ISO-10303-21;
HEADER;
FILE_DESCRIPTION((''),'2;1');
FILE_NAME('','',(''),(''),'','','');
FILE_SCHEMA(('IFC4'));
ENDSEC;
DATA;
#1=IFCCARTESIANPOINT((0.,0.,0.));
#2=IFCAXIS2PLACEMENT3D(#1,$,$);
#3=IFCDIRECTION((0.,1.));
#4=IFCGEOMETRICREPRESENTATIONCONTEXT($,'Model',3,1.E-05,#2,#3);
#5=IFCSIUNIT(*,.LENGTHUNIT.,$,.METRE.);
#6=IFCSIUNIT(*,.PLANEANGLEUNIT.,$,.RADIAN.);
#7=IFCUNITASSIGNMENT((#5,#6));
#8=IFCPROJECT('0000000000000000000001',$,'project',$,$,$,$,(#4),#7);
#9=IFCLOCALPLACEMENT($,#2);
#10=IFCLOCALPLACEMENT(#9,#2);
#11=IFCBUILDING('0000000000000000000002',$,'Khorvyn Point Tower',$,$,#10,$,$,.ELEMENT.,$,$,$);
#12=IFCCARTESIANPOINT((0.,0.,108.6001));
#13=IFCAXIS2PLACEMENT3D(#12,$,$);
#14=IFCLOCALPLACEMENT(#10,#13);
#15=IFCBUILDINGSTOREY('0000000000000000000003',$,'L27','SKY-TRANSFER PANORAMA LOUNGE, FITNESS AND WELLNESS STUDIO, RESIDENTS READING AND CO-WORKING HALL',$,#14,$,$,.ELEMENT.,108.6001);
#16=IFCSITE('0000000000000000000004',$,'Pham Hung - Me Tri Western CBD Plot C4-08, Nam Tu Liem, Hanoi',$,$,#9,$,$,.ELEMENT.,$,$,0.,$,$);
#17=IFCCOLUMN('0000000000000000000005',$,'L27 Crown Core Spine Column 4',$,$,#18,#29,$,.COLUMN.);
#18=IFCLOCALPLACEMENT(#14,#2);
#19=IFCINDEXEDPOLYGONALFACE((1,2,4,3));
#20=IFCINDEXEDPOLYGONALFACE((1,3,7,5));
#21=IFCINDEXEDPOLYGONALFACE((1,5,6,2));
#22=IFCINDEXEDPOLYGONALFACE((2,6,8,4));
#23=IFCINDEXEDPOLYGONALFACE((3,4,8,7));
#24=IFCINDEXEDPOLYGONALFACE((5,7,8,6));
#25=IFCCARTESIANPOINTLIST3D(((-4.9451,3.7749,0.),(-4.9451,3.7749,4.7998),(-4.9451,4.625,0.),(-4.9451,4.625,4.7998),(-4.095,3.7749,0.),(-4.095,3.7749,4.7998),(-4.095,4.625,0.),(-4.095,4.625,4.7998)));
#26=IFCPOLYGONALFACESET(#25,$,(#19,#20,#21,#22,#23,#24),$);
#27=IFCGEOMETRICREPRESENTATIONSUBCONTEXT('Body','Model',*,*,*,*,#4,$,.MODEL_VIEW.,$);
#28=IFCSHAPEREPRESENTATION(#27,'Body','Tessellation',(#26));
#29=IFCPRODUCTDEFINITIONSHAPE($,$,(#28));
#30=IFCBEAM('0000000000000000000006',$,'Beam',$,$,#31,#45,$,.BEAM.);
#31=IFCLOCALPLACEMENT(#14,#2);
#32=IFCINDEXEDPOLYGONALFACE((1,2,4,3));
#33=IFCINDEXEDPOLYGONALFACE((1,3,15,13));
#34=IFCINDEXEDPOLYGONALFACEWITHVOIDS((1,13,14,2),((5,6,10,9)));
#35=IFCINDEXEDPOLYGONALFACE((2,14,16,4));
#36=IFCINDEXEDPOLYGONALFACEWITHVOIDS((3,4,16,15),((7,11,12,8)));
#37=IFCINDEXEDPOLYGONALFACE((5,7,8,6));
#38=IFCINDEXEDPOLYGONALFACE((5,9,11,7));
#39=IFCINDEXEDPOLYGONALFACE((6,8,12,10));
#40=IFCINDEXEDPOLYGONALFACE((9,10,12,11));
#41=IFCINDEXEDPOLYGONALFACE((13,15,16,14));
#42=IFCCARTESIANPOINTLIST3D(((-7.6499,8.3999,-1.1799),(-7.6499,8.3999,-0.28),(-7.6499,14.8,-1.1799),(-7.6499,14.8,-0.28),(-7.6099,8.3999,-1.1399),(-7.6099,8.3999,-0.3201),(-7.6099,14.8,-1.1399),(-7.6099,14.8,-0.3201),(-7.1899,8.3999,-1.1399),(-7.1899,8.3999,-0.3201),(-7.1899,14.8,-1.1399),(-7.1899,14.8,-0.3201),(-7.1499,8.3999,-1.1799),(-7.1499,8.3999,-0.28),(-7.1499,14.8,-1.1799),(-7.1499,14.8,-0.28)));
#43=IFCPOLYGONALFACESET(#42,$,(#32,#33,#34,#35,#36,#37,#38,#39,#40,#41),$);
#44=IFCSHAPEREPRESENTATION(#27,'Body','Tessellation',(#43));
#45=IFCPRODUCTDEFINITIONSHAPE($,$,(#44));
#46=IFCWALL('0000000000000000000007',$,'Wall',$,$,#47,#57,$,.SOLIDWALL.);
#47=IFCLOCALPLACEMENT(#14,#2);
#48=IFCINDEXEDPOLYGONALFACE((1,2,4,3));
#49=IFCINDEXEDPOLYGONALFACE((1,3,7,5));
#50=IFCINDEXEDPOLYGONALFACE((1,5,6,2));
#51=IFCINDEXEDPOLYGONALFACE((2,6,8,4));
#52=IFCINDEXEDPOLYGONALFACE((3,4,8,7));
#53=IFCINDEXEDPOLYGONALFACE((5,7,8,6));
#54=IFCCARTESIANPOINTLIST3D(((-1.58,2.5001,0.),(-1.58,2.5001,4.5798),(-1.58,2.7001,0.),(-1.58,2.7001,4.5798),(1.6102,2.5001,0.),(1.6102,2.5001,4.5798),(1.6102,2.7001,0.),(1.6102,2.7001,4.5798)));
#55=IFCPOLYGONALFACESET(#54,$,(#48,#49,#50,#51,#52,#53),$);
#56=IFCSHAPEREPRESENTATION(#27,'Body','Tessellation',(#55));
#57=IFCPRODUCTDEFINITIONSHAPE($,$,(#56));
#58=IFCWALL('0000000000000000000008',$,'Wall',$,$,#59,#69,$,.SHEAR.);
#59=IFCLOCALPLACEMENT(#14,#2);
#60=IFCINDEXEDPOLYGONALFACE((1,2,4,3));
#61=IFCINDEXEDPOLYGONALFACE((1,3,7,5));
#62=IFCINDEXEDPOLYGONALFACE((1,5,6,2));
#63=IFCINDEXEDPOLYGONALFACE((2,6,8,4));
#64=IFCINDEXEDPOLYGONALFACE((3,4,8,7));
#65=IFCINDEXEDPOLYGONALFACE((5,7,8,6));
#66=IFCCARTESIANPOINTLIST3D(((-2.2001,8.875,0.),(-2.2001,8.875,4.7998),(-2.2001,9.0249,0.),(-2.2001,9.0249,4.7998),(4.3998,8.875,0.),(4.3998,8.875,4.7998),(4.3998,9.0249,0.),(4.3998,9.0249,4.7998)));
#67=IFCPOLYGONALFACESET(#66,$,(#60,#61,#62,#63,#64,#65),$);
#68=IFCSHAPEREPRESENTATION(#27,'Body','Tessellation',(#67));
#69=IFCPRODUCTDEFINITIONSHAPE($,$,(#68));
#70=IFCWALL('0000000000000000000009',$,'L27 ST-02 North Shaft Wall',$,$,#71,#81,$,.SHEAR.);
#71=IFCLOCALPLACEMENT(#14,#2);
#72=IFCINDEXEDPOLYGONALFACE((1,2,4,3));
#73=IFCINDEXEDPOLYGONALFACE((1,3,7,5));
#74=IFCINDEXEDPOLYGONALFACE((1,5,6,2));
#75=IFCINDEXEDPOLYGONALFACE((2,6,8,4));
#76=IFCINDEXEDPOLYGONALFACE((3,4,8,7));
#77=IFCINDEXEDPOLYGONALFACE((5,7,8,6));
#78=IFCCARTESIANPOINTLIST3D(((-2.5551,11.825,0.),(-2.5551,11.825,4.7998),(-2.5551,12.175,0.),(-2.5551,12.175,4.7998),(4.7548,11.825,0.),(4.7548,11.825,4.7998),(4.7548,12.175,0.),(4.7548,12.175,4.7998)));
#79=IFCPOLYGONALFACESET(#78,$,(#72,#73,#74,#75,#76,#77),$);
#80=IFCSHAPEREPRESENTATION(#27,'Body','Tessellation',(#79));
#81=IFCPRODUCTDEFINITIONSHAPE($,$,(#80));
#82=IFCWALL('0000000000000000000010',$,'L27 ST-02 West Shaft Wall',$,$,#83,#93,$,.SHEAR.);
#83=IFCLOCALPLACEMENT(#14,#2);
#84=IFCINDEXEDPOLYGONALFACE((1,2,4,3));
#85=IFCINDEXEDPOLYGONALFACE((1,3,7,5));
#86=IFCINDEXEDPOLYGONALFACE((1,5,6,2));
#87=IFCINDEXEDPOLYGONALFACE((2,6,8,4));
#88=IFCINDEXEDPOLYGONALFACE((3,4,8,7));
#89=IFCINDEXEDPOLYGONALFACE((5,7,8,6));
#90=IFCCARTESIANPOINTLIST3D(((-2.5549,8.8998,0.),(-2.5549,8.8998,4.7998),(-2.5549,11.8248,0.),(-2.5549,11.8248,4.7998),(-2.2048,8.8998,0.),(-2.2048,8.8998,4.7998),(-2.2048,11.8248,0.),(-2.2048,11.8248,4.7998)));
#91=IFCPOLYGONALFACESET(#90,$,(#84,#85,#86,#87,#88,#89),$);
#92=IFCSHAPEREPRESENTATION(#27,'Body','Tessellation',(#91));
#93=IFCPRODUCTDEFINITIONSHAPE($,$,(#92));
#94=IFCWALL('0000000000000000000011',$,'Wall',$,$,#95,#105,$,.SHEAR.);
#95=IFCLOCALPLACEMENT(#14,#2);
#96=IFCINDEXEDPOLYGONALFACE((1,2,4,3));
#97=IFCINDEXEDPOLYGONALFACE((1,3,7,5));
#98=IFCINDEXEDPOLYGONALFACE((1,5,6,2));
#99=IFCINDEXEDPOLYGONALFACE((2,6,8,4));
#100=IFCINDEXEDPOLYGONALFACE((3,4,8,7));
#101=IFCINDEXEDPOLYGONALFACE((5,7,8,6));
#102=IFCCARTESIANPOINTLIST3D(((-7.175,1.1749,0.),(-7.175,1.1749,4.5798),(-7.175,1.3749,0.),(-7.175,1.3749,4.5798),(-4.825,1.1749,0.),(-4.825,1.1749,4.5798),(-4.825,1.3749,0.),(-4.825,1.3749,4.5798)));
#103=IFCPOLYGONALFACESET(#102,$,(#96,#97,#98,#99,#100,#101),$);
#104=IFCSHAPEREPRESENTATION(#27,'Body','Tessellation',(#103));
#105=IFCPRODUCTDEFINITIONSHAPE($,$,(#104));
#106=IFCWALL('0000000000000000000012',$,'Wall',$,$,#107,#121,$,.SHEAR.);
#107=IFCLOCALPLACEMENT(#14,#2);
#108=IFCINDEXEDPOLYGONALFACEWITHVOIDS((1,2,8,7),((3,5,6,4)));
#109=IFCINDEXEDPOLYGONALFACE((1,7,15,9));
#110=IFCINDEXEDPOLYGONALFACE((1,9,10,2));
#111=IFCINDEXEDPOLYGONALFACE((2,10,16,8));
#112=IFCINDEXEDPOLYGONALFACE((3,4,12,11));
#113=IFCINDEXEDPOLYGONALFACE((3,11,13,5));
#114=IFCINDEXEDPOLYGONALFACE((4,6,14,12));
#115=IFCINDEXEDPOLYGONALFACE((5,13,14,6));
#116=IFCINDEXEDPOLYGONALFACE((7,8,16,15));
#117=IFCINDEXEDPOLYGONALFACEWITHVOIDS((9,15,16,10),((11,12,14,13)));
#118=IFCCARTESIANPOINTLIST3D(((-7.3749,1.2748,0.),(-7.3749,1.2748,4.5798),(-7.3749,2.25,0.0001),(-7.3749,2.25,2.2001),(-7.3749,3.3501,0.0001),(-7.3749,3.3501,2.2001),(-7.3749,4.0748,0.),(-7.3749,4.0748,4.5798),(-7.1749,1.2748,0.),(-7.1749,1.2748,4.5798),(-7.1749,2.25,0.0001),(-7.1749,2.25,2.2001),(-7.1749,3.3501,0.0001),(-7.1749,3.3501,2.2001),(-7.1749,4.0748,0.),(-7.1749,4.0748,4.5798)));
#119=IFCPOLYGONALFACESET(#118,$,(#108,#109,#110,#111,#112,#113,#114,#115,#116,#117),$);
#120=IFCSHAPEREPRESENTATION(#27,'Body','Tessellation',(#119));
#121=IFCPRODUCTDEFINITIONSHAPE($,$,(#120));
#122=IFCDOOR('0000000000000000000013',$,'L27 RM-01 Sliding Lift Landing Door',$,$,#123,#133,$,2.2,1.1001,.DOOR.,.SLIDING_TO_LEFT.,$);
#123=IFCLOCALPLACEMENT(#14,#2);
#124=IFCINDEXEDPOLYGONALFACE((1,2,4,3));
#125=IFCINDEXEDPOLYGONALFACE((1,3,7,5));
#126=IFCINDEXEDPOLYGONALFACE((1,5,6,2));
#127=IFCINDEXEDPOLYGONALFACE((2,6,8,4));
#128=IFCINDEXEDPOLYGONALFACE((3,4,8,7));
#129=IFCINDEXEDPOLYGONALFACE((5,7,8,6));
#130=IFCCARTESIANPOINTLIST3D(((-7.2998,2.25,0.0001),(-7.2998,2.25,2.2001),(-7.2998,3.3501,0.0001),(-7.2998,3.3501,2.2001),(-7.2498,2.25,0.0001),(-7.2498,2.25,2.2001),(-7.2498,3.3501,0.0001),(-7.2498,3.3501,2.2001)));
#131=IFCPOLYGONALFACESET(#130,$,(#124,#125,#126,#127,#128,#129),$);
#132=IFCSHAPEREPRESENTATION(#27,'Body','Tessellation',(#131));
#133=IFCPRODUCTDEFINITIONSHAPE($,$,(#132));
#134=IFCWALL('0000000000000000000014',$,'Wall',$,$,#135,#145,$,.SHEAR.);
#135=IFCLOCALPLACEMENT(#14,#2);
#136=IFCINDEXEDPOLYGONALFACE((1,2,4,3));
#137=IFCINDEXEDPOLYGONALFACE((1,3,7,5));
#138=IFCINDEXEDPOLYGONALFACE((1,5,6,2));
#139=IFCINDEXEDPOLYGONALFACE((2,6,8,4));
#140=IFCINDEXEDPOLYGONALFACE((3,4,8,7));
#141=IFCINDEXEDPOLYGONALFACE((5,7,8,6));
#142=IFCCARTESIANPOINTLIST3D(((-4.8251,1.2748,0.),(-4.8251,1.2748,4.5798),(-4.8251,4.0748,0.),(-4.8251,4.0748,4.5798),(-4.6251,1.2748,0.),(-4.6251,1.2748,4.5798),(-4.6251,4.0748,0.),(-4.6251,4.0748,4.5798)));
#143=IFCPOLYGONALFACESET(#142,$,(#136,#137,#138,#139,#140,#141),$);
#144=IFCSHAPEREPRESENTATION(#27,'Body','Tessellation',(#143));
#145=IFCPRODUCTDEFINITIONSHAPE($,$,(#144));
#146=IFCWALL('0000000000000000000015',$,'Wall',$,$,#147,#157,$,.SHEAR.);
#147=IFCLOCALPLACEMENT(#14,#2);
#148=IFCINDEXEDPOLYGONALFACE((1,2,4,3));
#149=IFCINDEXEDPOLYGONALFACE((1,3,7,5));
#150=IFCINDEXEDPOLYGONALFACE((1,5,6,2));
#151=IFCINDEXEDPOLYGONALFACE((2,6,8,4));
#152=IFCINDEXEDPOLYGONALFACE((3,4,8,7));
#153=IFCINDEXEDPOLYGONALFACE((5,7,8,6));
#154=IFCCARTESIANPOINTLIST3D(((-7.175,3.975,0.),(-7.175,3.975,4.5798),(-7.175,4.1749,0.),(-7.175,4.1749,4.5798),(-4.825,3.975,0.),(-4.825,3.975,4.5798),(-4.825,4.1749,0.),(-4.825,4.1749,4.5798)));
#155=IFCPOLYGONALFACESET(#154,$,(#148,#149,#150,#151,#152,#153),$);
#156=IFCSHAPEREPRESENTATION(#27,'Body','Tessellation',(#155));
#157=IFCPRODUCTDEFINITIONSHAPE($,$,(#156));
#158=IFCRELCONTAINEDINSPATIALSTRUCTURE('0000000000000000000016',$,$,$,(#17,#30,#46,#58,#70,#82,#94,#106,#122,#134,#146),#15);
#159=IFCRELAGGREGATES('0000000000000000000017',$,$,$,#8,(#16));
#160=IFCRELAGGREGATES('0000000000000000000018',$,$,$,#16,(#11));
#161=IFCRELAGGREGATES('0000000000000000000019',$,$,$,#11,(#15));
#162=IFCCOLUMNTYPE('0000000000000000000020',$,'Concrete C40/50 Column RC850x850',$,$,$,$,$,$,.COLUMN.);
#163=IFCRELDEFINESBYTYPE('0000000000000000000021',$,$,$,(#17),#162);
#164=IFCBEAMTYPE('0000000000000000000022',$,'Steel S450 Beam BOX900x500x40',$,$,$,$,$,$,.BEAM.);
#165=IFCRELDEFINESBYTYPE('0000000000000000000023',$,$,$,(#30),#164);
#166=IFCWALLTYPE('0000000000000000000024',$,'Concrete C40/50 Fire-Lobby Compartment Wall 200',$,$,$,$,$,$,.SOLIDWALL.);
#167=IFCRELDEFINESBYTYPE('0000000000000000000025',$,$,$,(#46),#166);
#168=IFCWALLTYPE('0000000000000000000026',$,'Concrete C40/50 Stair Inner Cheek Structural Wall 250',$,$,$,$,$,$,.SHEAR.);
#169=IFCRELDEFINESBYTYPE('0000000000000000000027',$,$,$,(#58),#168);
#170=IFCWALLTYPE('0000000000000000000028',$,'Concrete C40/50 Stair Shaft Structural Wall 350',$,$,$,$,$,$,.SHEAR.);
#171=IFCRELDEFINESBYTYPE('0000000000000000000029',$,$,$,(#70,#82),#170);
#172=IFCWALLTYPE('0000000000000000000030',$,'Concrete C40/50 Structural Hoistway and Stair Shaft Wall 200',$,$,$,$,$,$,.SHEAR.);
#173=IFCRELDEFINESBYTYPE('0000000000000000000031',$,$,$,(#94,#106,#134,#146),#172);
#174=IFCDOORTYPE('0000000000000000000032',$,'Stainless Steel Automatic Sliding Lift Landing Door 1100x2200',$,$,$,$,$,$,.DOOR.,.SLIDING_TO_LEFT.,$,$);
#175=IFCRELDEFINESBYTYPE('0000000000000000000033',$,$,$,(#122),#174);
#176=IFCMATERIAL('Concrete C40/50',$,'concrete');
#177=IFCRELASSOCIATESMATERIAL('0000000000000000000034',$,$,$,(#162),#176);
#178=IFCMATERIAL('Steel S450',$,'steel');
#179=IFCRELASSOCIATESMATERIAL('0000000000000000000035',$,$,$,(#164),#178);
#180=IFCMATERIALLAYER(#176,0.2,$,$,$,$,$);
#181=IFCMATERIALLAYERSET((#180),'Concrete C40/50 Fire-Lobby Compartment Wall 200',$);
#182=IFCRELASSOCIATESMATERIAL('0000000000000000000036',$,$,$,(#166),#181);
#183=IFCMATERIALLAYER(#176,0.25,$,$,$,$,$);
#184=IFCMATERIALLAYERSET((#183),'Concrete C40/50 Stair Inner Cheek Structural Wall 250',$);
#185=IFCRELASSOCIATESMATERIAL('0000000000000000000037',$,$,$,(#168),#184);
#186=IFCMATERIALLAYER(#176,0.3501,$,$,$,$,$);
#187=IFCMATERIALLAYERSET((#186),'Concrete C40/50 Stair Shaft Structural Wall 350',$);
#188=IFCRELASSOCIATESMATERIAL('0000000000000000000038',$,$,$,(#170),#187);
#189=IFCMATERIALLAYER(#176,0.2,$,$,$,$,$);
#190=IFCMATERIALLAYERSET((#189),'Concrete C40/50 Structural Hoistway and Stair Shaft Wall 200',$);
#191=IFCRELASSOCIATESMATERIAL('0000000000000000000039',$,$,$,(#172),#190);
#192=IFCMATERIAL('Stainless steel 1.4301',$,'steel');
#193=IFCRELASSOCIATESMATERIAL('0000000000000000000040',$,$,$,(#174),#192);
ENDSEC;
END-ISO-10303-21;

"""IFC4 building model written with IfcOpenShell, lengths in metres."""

from ifc_helpers import new_model, si_unit, direction, frame, frame_2d, origin, origin_2d, place, context, subcontext, project, spatial, rectangle, hollow_rectangle, extrude, material, layer, layer_set, material_profile, profile_set, type_object, element, fill, save


model = new_model("IFC4")

# Units and contexts
model_context = context("Model", 3, precision=1e-05, world=origin(), true_north=direction((0.0, 1.0)))
body_context = subcontext(model_context, "Body", "Model", "MODEL_VIEW")
ifc_project = project(units=[si_unit("LENGTHUNIT", "METRE"), si_unit("PLANEANGLEUNIT", "RADIAN")], contexts=[model_context])

# Site, building, storey
site_placement = place(None, origin())
site = spatial("IfcSite", under=ifc_project, at=site_placement, Name="Pham Hung - Me Tri Western CBD Plot C4-08, Nam Tu Liem, Hanoi", CompositionType="ELEMENT", RefElevation=0.0)
building_placement = place(site_placement, origin())
building = spatial("IfcBuilding", under=site, at=building_placement, Name="Khorvyn Point Tower", CompositionType="ELEMENT")
storey_placement = place(building_placement, frame((0.0, 0.0, 108.6001)))
storey = spatial("IfcBuildingStorey", under=building, at=storey_placement, Name="L27", Description="SKY-TRANSFER PANORAMA LOUNGE, FITNESS AND WELLNESS STUDIO, RESIDENTS READING AND CO-WORKING HALL", CompositionType="ELEMENT", Elevation=108.6001)

# Column
ifc_material_1 = material(Name="Concrete C40/50", Category="concrete")
ifc_material_profile_1 = material_profile(ifc_material_1, rectangle(XDim=0.8501, YDim=0.8501, at=origin_2d()))
ifc_profile_set_1 = profile_set([ifc_material_profile_1], Name="Concrete C40/50 RC850x850")
column_type = type_object("IfcColumnType", Name="Concrete C40/50 Column RC850x850", PredefinedType="COLUMN", material=ifc_profile_set_1)
column_placement = place(storey_placement, frame((-4.52, 4.2, 0.0), z_axis=(0.0, 0.0, 1.0), x_axis=(1.0, 0.0, 0.0)))
element("IfcColumn", 1, at=column_placement, inside=storey, type_object=column_type, Name="L27 Crown Core Spine Column 4", PredefinedType="COLUMN", context=body_context, shape_type="SweptSolid", body=[
    extrude(rectangle(XDim=0.8501, YDim=0.8501, at=origin_2d()), origin(), (0.0, 0.0, 1.0), 4.7998),
])

# Beam
ifc_material_2 = material(Name="Steel S450", Category="steel")
ifc_material_profile_2 = material_profile(ifc_material_2, hollow_rectangle(XDim=0.5, YDim=0.8999, WallThickness=0.04, at=origin_2d()))
ifc_profile_set_2 = profile_set([ifc_material_profile_2], Name="Steel S450 BOX900x500x40")
beam_type = type_object("IfcBeamType", Name="Steel S450 Beam BOX900x500x40", PredefinedType="BEAM", material=ifc_profile_set_2)
beam_placement = place(storey_placement, frame((-7.3999, 8.3999, -0.73), z_axis=(0.0, 1.0, 0.0), x_axis=(-1.0, 0.0, 0.0)))
element("IfcBeam", 2, at=beam_placement, inside=storey, type_object=beam_type, Name="Beam", PredefinedType="BEAM", context=body_context, shape_type="SweptSolid", body=[
    extrude(hollow_rectangle(XDim=0.5, YDim=0.8999, WallThickness=0.04, at=origin_2d()), origin(), (0.0, 0.0, 1.0), 6.4001),
])

# Walls
ifc_layer_1 = layer(ifc_material_1, 0.2)
ifc_layer_set_1 = layer_set([ifc_layer_1], Name="Concrete C40/50 Fire-Lobby Compartment Wall 200")
wall_type_1 = type_object("IfcWallType", Name="Concrete C40/50 Fire-Lobby Compartment Wall 200", PredefinedType="SOLIDWALL", material=ifc_layer_set_1)
wall_1_placement = place(storey_placement, frame((-1.5801, 2.6001, 0.0), z_axis=(0.0, 0.0, 1.0), x_axis=(1.0, 0.0, 0.0)))
element("IfcWall", 3, at=wall_1_placement, inside=storey, type_object=wall_type_1, Name="Wall", PredefinedType="SOLIDWALL", context=body_context, shape_type="SweptSolid", body=[
    extrude(rectangle(XDim=3.1902, YDim=0.2, at=frame_2d((1.5952, 0.0))), origin(), (0.0, 0.0, 1.0), 4.5798),
])
ifc_layer_2 = layer(ifc_material_1, 0.25)
ifc_layer_set_2 = layer_set([ifc_layer_2], Name="Concrete C40/50 Stair Inner Cheek Structural Wall 250")
wall_type_2 = type_object("IfcWallType", Name="Concrete C40/50 Stair Inner Cheek Structural Wall 250", PredefinedType="SHEAR", material=ifc_layer_set_2)
wall_2_placement = place(storey_placement, frame((-2.2, 8.95, 0.0), z_axis=(0.0, 0.0, 1.0), x_axis=(1.0, 0.0, 0.0)))
element("IfcWall", 4, at=wall_2_placement, inside=storey, type_object=wall_type_2, Name="Wall", PredefinedType="SHEAR", context=body_context, shape_type="SweptSolid", body=[
    extrude(rectangle(XDim=6.5999, YDim=0.1499, at=frame_2d((3.2998, 0.0))), origin(), (0.0, 0.0, 1.0), 4.7998),
])
ifc_layer_3 = layer(ifc_material_1, 0.3501)
ifc_layer_set_3 = layer_set([ifc_layer_3], Name="Concrete C40/50 Stair Shaft Structural Wall 350")
wall_type_3 = type_object("IfcWallType", Name="Concrete C40/50 Stair Shaft Structural Wall 350", PredefinedType="SHEAR", material=ifc_layer_set_3)
wall_3_placement = place(storey_placement, frame((-2.5549, 12.0, 0.0), z_axis=(0.0, 0.0, 1.0), x_axis=(1.0, 0.0, 0.0)))
element("IfcWall", 5, at=wall_3_placement, inside=storey, type_object=wall_type_3, Name="L27 ST-02 North Shaft Wall", PredefinedType="SHEAR", context=body_context, shape_type="SweptSolid", body=[
    extrude(rectangle(XDim=7.3098, YDim=0.3501, at=frame_2d((3.6548, 0.0))), origin(), (0.0, 0.0, 1.0), 4.7998),
])
wall_4_placement = place(storey_placement, frame((-2.3799, 8.8999, 0.0), z_axis=(0.0, 0.0, 1.0), x_axis=(0.0, 1.0, 0.0)))
element("IfcWall", 6, at=wall_4_placement, inside=storey, type_object=wall_type_3, Name="L27 ST-02 West Shaft Wall", PredefinedType="SHEAR", context=body_context, shape_type="SweptSolid", body=[
    extrude(rectangle(XDim=2.925, YDim=0.3501, at=frame_2d((1.4624, 0.0))), origin(), (0.0, 0.0, 1.0), 4.7998),
])
ifc_layer_4 = layer(ifc_material_1, 0.2)
ifc_layer_set_4 = layer_set([ifc_layer_4], Name="Concrete C40/50 Structural Hoistway and Stair Shaft Wall 200")
wall_type_4 = type_object("IfcWallType", Name="Concrete C40/50 Structural Hoistway and Stair Shaft Wall 200", PredefinedType="SHEAR", material=ifc_layer_set_4)
wall_5_placement = place(storey_placement, frame((-7.175, 1.2749, 0.0), z_axis=(0.0, 0.0, 1.0), x_axis=(1.0, 0.0, 0.0)))
element("IfcWall", 7, at=wall_5_placement, inside=storey, type_object=wall_type_4, Name="Wall", PredefinedType="SHEAR", context=body_context, shape_type="SweptSolid", body=[
    extrude(rectangle(XDim=2.3501, YDim=0.2, at=frame_2d((1.175, 0.0))), origin(), (0.0, 0.0, 1.0), 4.5798),
])

# Wall, opening, door
wall_6_placement = place(storey_placement, frame((-7.2749, 1.2749, 0.0), z_axis=(0.0, 0.0, 1.0), x_axis=(0.0, 1.0, 0.0)))
wall_6 = element("IfcWall", 8, at=wall_6_placement, inside=storey, type_object=wall_type_4, Name="Wall", PredefinedType="SHEAR", context=body_context, shape_type="SweptSolid", body=[
    extrude(rectangle(XDim=2.8, YDim=0.2, at=frame_2d((1.3999, 0.0))), origin(), (0.0, 0.0, 1.0), 4.5798),
])
opening_1_placement = place(wall_6_placement, frame((0.9751, 0.0, 0.0)))
opening_1 = element("IfcOpeningElement", 9, at=opening_1_placement, cuts=wall_6, PredefinedType="OPENING", context=body_context, shape_type="SweptSolid", body=[
    extrude(rectangle(XDim=1.1001, YDim=2.2, at=frame_2d((0.55, 1.1001))), frame((0.0, 0.1099, 0.0), z_axis=(0.0, -1.0, 0.0), x_axis=(1.0, 0.0, 0.0)), (0.0, 0.0, 1.0), 0.22),
])
ifc_material_3 = material(Name="Stainless steel 1.4301", Category="steel")
door_type = type_object("IfcDoorType", Name="Stainless Steel Automatic Sliding Lift Landing Door 1100x2200", OperationType="SLIDING_TO_LEFT", PredefinedType="DOOR", material=ifc_material_3)
door_1_placement = place(opening_1_placement, origin())
door_1 = element("IfcDoor", 10, at=door_1_placement, inside=storey, type_object=door_type, Name="L27 RM-01 Sliding Lift Landing Door", OperationType="SLIDING_TO_LEFT", OverallHeight=2.2, OverallWidth=1.1001, PredefinedType="DOOR", context=body_context, shape_type="SweptSolid", body=[
    extrude(rectangle(XDim=1.1001, YDim=2.2, at=frame_2d((0.55, 1.1001))), frame((0.0, 0.0249, 0.0), z_axis=(0.0, -1.0, 0.0), x_axis=(1.0, 0.0, 0.0)), (0.0, 0.0, 1.0), 0.05),
])
fill(opening_1, door_1)

# Walls
wall_7_placement = place(storey_placement, frame((-4.7251, 1.2749, 0.0), z_axis=(0.0, 0.0, 1.0), x_axis=(0.0, 1.0, 0.0)))
element("IfcWall", 11, at=wall_7_placement, inside=storey, type_object=wall_type_4, Name="Wall", PredefinedType="SHEAR", context=body_context, shape_type="SweptSolid", body=[
    extrude(rectangle(XDim=2.8, YDim=0.2, at=frame_2d((1.3999, 0.0))), origin(), (0.0, 0.0, 1.0), 4.5798),
])
wall_8_placement = place(storey_placement, frame((-7.175, 4.075, 0.0), z_axis=(0.0, 0.0, 1.0), x_axis=(1.0, 0.0, 0.0)))
element("IfcWall", 12, at=wall_8_placement, inside=storey, type_object=wall_type_4, Name="Wall", PredefinedType="SHEAR", context=body_context, shape_type="SweptSolid", body=[
    extrude(rectangle(XDim=2.3501, YDim=0.2, at=frame_2d((1.175, 0.0))), origin(), (0.0, 0.0, 1.0), 4.5798),
])

save(model, "model.ifc")
